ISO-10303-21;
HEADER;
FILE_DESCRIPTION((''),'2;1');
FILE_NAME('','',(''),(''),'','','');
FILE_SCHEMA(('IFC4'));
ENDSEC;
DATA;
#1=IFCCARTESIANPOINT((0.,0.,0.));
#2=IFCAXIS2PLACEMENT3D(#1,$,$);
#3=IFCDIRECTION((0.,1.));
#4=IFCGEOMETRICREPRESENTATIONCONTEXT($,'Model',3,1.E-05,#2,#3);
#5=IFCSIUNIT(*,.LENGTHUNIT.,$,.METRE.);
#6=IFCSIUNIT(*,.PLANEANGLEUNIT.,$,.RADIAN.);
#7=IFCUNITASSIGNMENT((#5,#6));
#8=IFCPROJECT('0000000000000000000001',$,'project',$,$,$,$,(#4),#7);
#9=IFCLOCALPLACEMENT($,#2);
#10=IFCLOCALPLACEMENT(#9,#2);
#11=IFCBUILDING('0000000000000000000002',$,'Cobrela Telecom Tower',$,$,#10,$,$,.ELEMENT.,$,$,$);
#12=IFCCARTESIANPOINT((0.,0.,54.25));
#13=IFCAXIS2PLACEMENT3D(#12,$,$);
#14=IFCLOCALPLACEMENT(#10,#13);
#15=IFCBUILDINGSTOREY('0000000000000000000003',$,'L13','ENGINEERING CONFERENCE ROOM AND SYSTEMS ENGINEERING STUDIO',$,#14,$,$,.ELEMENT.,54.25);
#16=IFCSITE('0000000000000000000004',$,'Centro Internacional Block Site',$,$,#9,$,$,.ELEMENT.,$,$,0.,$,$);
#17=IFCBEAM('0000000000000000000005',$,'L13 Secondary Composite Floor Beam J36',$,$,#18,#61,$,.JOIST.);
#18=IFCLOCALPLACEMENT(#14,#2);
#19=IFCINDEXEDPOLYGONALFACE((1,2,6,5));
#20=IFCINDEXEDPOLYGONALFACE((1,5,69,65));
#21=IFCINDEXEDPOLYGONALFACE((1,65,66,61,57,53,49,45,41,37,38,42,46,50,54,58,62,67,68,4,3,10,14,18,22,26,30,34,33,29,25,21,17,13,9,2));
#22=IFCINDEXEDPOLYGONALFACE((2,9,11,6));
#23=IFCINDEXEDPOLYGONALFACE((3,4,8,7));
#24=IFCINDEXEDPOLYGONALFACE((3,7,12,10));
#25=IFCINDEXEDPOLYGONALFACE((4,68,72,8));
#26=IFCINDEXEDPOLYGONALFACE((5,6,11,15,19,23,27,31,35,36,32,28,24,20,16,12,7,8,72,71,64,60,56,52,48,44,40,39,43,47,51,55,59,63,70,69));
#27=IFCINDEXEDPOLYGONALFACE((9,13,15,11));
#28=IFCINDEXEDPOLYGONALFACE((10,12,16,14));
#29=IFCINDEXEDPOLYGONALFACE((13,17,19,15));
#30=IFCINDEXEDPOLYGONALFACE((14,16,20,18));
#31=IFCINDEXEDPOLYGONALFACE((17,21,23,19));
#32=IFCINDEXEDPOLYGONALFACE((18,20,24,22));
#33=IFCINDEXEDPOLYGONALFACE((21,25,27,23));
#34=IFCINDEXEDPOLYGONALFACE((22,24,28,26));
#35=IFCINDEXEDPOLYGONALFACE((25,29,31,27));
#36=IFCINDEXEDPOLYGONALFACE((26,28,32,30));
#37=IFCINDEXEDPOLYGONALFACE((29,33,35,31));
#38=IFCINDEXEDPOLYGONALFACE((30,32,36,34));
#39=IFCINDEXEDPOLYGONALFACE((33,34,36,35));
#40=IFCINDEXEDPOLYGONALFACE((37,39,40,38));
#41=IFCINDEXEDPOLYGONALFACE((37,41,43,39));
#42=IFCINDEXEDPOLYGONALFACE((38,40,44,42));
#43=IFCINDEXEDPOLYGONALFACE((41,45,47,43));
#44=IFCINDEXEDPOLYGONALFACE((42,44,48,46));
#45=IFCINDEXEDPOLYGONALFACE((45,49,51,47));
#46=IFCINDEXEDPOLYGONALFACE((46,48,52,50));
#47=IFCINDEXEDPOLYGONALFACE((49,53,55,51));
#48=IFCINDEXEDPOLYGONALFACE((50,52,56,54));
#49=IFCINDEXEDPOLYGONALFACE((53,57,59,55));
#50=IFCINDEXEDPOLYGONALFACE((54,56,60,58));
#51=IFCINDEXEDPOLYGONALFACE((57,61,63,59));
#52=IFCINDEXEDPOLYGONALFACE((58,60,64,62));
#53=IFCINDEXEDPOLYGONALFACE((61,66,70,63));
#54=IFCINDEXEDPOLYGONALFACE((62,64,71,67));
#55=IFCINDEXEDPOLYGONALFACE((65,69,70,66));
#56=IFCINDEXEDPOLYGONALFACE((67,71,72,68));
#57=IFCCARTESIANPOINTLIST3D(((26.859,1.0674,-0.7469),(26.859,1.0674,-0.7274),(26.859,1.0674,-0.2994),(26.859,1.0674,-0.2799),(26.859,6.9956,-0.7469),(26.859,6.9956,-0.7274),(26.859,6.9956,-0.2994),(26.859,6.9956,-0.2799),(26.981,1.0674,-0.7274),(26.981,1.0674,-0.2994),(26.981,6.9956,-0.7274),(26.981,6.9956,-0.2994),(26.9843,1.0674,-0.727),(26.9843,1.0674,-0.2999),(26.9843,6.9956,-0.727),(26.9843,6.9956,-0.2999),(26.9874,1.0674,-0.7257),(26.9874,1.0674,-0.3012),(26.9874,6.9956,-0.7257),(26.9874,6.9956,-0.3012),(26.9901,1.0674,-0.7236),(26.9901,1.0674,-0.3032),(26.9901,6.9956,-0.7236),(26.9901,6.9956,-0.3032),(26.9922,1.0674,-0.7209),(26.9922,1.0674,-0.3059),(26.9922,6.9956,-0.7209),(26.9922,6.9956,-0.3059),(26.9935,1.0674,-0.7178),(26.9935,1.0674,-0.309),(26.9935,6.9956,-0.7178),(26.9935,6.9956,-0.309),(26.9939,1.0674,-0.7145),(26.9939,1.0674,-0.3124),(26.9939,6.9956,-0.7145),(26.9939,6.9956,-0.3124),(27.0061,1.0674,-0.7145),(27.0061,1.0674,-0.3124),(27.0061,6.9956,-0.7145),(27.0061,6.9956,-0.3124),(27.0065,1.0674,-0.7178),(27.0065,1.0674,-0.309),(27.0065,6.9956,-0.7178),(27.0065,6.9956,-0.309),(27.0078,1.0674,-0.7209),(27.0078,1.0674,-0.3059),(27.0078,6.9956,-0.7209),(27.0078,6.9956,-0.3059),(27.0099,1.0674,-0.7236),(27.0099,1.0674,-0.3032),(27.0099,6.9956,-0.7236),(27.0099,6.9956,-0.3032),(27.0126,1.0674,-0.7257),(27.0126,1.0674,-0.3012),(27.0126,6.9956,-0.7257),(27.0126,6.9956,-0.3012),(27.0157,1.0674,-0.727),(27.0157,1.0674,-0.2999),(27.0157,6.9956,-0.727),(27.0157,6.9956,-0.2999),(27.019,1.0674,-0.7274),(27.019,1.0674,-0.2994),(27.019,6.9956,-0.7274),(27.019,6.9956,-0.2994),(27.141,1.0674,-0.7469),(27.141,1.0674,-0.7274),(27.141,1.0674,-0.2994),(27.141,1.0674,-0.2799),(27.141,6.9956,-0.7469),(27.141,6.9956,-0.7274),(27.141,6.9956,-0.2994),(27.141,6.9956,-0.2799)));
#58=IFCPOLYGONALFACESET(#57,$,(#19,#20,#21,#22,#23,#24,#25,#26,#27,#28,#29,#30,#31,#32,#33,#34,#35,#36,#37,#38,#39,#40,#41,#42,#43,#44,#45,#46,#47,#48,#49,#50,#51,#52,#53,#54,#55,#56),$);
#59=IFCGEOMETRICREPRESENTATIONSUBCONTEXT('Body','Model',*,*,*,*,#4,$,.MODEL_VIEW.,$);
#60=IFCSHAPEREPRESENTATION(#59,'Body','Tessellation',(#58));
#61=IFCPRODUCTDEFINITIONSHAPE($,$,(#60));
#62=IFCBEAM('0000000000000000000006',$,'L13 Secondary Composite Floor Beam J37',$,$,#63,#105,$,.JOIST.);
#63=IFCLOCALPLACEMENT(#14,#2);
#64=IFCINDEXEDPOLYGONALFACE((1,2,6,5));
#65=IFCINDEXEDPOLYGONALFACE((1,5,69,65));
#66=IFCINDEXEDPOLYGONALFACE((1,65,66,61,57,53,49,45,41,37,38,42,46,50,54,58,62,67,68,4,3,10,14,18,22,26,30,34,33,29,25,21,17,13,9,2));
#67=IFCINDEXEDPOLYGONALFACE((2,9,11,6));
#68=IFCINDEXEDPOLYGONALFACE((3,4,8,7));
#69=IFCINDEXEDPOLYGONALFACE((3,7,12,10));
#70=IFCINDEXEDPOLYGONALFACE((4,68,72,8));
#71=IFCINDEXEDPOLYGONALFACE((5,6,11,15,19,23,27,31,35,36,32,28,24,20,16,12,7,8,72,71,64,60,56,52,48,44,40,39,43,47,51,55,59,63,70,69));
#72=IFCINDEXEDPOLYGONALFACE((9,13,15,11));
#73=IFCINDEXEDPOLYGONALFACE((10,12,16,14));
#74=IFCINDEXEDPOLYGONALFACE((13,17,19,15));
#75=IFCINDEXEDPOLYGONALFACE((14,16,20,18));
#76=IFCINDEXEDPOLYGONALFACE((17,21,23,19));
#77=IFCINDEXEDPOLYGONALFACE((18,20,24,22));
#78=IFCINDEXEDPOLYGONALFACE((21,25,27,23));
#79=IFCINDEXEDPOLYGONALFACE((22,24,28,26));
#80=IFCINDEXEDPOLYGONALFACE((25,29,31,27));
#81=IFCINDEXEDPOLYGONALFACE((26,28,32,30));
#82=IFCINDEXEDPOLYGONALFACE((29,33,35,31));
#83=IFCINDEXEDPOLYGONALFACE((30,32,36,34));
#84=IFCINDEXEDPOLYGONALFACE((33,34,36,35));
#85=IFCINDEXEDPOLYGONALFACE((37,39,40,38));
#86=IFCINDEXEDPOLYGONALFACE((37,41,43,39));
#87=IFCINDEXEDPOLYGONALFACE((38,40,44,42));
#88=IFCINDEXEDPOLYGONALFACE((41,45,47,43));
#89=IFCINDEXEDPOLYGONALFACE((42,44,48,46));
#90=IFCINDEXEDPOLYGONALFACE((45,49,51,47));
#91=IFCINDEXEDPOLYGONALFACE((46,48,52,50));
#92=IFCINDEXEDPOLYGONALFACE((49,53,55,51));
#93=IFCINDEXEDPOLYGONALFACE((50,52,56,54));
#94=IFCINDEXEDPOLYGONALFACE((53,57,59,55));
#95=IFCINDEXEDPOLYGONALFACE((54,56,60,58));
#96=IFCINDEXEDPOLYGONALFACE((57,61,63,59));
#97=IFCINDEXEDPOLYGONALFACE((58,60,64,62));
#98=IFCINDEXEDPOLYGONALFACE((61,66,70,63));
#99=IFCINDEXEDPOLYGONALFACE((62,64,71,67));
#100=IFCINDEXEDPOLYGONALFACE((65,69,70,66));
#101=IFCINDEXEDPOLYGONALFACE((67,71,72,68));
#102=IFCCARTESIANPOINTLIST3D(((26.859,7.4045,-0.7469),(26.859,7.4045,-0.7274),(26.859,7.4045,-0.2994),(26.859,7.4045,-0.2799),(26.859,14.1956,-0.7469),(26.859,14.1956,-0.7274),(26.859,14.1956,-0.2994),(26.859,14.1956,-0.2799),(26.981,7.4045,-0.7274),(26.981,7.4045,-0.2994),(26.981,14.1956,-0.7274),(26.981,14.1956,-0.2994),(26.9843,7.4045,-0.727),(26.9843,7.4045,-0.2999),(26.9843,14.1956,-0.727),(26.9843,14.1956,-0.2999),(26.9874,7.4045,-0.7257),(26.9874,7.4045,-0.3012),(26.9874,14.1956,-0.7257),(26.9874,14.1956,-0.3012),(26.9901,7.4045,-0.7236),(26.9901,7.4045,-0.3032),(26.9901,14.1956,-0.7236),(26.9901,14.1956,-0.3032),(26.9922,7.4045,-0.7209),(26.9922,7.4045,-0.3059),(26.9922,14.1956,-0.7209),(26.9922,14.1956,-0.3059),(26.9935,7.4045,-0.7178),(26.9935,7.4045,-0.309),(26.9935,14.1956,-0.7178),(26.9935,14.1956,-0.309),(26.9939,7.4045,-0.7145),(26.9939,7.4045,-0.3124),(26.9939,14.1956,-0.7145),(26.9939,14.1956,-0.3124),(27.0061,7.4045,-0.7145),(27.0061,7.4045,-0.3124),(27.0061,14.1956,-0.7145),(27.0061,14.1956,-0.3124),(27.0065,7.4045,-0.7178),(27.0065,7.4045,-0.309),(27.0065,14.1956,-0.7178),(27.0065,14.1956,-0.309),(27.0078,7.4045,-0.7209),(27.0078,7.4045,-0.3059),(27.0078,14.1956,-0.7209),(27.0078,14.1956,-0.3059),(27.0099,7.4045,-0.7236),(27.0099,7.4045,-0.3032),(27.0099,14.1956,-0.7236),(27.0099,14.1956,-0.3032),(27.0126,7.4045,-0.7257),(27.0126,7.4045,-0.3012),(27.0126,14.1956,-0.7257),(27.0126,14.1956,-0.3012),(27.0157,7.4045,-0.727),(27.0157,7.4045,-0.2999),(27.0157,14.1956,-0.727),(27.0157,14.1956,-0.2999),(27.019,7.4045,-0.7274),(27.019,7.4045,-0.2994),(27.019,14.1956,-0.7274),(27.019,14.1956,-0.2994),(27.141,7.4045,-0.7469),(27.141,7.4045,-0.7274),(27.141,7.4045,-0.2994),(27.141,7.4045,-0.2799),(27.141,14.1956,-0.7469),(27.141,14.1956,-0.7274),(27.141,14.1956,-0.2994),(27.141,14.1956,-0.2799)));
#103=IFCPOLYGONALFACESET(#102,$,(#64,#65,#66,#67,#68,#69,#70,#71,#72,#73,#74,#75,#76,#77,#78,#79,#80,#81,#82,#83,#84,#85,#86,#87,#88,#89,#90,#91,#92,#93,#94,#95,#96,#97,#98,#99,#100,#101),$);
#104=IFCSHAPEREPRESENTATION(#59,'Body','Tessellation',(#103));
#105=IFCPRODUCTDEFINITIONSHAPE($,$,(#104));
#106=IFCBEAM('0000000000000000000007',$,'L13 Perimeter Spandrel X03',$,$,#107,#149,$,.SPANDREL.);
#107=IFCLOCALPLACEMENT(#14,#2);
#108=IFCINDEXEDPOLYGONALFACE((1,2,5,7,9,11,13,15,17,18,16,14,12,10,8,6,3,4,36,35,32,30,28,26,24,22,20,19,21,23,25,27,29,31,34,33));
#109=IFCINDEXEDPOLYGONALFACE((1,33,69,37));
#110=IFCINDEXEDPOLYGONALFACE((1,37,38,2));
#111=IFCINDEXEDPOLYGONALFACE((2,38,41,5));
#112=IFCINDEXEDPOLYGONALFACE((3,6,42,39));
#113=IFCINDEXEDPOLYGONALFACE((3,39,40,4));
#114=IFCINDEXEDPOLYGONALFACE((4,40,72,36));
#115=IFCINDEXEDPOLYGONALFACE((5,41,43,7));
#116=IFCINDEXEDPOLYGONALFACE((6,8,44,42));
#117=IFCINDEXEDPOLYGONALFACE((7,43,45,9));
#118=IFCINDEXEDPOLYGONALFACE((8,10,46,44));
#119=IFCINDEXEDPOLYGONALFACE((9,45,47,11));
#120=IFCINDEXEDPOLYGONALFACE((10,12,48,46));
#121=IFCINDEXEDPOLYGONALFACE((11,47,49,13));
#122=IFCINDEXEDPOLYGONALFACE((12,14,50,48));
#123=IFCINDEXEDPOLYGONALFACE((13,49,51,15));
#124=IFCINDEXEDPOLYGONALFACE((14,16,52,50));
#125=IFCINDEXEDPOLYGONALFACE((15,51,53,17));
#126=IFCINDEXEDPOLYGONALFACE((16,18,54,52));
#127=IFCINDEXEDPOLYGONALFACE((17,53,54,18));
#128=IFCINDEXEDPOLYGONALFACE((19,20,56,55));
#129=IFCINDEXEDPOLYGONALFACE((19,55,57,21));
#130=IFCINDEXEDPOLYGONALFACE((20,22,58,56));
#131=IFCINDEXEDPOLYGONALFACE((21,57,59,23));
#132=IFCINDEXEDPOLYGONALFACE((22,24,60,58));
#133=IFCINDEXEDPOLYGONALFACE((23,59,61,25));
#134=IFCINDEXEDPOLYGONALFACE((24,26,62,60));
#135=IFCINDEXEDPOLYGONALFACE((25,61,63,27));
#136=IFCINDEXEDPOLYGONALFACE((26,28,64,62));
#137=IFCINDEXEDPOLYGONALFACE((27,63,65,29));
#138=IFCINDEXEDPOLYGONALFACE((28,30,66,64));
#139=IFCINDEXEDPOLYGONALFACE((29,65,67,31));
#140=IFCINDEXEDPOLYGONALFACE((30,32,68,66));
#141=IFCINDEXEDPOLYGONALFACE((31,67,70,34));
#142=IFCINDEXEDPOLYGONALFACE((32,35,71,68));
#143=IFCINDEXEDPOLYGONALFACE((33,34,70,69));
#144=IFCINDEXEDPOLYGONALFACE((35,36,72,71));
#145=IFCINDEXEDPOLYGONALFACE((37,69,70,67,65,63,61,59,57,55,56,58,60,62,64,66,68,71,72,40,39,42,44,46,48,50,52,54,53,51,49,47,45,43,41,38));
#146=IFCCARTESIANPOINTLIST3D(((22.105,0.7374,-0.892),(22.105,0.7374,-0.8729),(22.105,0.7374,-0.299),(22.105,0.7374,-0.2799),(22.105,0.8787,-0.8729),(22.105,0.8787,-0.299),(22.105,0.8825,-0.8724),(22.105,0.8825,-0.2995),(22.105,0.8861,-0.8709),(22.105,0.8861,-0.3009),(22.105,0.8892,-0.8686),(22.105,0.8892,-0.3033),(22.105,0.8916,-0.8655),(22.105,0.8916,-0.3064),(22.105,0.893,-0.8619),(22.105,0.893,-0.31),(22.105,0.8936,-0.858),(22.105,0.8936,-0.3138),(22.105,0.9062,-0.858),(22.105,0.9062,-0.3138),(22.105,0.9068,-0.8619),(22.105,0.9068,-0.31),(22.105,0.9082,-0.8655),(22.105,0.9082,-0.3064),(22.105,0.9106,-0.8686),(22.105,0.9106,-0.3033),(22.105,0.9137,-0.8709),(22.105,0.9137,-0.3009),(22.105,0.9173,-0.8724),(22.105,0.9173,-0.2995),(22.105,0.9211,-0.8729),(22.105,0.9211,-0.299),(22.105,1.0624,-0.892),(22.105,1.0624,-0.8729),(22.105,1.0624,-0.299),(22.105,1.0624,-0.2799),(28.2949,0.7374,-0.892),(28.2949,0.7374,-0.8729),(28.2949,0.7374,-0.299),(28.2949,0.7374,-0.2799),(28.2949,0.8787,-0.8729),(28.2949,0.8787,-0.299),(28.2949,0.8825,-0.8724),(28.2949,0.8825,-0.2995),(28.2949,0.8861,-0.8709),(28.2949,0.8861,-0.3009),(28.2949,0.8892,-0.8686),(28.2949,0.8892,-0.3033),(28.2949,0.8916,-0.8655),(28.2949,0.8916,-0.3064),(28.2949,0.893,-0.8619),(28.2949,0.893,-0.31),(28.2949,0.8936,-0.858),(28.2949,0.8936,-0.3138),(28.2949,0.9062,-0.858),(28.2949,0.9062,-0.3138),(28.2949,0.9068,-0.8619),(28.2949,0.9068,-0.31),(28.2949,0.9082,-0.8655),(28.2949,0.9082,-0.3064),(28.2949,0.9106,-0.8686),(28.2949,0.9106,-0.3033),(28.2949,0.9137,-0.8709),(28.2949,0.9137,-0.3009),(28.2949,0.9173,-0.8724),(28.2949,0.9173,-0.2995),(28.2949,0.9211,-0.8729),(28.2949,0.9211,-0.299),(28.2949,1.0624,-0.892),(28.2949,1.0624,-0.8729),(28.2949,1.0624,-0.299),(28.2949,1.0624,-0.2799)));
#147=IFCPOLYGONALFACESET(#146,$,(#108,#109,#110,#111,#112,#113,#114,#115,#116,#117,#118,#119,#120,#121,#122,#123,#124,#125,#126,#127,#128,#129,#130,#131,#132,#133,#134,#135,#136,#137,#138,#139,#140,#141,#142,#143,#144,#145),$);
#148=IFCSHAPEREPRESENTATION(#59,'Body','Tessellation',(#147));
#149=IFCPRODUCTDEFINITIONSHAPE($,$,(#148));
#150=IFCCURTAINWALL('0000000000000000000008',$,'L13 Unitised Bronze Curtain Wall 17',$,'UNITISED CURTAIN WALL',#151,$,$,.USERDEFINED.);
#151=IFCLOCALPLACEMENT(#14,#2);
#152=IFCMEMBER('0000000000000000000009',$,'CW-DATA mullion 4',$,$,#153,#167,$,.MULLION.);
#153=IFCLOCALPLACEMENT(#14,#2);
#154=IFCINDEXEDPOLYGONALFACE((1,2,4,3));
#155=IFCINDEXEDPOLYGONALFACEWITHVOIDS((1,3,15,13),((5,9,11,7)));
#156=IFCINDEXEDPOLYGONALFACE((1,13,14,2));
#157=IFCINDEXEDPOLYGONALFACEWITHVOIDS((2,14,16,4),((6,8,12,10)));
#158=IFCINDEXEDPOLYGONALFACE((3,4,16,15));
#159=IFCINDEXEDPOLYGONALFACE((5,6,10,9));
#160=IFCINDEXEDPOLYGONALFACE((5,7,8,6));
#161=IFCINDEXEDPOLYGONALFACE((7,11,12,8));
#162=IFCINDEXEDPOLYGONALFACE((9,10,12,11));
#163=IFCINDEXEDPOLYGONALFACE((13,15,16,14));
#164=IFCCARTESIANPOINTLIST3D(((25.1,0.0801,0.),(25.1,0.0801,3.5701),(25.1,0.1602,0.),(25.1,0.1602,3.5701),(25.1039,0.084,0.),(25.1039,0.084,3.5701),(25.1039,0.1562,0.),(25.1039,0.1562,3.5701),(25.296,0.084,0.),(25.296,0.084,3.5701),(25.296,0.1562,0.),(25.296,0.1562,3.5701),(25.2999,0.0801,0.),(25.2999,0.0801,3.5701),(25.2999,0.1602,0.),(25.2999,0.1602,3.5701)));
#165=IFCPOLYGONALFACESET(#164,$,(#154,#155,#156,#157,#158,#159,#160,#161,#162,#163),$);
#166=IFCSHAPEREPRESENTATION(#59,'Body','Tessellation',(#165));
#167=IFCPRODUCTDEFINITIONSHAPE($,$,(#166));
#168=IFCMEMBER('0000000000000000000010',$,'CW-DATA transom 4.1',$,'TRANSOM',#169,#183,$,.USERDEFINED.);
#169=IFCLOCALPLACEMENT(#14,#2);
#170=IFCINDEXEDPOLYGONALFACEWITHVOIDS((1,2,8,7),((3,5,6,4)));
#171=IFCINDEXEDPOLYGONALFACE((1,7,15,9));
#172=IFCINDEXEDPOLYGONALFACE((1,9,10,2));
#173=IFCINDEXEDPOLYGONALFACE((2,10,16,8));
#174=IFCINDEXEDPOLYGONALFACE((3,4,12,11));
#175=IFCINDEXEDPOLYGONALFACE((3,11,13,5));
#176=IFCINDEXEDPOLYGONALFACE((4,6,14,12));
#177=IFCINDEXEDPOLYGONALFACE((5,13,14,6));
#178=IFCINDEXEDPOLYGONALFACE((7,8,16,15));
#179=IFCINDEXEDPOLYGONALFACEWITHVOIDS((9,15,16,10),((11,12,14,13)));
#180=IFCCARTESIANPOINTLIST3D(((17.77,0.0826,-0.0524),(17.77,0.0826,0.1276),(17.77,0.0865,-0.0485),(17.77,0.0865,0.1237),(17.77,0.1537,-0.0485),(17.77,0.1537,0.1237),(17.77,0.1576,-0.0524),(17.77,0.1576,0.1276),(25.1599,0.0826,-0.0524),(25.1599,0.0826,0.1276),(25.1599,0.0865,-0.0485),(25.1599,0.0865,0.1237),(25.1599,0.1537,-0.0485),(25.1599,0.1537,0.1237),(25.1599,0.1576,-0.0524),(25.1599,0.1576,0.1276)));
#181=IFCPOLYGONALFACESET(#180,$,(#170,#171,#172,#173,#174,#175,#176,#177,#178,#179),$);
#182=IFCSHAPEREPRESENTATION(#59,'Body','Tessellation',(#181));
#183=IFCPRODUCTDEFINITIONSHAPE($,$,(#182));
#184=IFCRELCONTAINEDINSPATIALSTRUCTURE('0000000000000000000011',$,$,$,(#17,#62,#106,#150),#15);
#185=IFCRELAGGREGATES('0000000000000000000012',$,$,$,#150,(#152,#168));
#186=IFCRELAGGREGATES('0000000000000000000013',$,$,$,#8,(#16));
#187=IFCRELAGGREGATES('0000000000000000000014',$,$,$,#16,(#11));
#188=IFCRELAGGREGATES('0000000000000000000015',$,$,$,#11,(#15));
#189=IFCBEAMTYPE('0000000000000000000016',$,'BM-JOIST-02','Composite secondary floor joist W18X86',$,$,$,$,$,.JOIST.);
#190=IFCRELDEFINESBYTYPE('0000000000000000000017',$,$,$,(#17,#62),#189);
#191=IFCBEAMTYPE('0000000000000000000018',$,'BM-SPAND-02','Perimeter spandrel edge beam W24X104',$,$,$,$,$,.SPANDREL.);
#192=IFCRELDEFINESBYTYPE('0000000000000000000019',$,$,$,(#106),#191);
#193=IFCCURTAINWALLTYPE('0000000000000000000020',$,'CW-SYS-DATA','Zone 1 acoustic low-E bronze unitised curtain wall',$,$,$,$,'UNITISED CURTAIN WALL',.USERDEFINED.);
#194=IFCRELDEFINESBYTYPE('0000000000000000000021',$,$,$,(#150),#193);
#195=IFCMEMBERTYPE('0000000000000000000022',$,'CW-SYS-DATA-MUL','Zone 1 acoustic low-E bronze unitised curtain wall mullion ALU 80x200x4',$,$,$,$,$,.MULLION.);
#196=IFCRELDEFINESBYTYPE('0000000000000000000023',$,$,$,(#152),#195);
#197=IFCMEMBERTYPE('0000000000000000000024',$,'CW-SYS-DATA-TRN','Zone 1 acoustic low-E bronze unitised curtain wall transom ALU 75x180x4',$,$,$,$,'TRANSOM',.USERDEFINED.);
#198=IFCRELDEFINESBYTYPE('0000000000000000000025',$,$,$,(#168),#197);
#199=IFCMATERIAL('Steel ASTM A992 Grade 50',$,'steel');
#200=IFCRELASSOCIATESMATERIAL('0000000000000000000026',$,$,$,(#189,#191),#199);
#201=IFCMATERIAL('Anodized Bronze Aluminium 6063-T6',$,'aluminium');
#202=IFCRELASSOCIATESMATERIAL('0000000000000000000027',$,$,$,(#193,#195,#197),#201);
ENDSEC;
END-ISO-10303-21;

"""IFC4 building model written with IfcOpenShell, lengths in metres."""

from ifc_helpers import new_model, si_unit, direction, frame, origin, origin_2d, place, context, subcontext, project, spatial, hollow_rectangle, i_section, extrude, material, material_profile, profile_set, type_object, element, aggregate, save


model = new_model("IFC4")

# Units and contexts
model_context = context("Model", 3, precision=1e-05, world=origin(), true_north=direction((0.0, 1.0)))
body_context = subcontext(model_context, "Body", "Model", "MODEL_VIEW")
ifc_project = project(units=[si_unit("LENGTHUNIT", "METRE"), si_unit("PLANEANGLEUNIT", "RADIAN")], contexts=[model_context])

# Site, building, storey
site_placement = place(None, origin())
site = spatial("IfcSite", under=ifc_project, at=site_placement, Name="Centro Internacional Block Site", CompositionType="ELEMENT", RefElevation=0.0)
building_placement = place(site_placement, origin())
building = spatial("IfcBuilding", under=site, at=building_placement, Name="Cobrela Telecom Tower", CompositionType="ELEMENT")
storey_placement = place(building_placement, frame((0.0, 0.0, 54.25)))
storey = spatial("IfcBuildingStorey", under=building, at=storey_placement, Name="L13", Description="ENGINEERING CONFERENCE ROOM AND SYSTEMS ENGINEERING STUDIO", CompositionType="ELEMENT", Elevation=54.25)

# Shared definitions
ifc_material_1 = material(Name="Steel ASTM A992 Grade 50", Category="steel")

# Beams
ifc_material_profile_1 = material_profile(ifc_material_1, i_section(OverallWidth=0.282, OverallDepth=0.467, WebThickness=0.0122, FlangeThickness=0.0195, FilletRadius=0.0129, at=origin_2d()), Name="W18X86")
ifc_profile_set_1 = profile_set([ifc_material_profile_1], Name="Steel ASTM A992 Grade 50")
beam_type_1 = type_object("IfcBeamType", Name="BM-JOIST-02", Description="Composite secondary floor joist W18X86", PredefinedType="JOIST", material=ifc_profile_set_1)
beam_1_placement = place(storey_placement, frame((27.0, 1.0674, -0.5134), z_axis=(0.0, 1.0, 0.0), x_axis=(-1.0, 0.0, 0.0)))
element("IfcBeam", 1, at=beam_1_placement, inside=storey, type_object=beam_type_1, Name="L13 Secondary Composite Floor Beam J36", PredefinedType="JOIST", context=body_context, shape_type="SweptSolid", body=[
    extrude(i_section(OverallWidth=0.282, OverallDepth=0.467, WebThickness=0.0122, FlangeThickness=0.0195, FilletRadius=0.0129, at=origin_2d()), origin(), (0.0, 0.0, 1.0), 5.9282),
])
beam_2_placement = place(storey_placement, frame((27.0, 7.4045, -0.5134), z_axis=(0.0, 1.0, 0.0), x_axis=(-1.0, 0.0, 0.0)))
element("IfcBeam", 2, at=beam_2_placement, inside=storey, type_object=beam_type_1, Name="L13 Secondary Composite Floor Beam J37", PredefinedType="JOIST", context=body_context, shape_type="SweptSolid", body=[
    extrude(i_section(OverallWidth=0.282, OverallDepth=0.467, WebThickness=0.0122, FlangeThickness=0.0195, FilletRadius=0.0129, at=origin_2d()), origin(), (0.0, 0.0, 1.0), 6.791),
])
ifc_material_profile_2 = material_profile(ifc_material_1, i_section(OverallWidth=0.325, OverallDepth=0.6121, WebThickness=0.0127, FlangeThickness=0.019, FilletRadius=0.0149, at=origin_2d()), Name="W24X104")
ifc_profile_set_2 = profile_set([ifc_material_profile_2], Name="Steel ASTM A992 Grade 50")
beam_type_2 = type_object("IfcBeamType", Name="BM-SPAND-02", Description="Perimeter spandrel edge beam W24X104", PredefinedType="SPANDREL", material=ifc_profile_set_2)
beam_3_placement = place(storey_placement, frame((22.105, 0.8999, -0.5859), z_axis=(1.0, 0.0, 0.0), x_axis=(0.0, 1.0, 0.0)))
element("IfcBeam", 3, at=beam_3_placement, inside=storey, type_object=beam_type_2, Name="L13 Perimeter Spandrel X03", PredefinedType="SPANDREL", context=body_context, shape_type="SweptSolid", body=[
    extrude(i_section(OverallWidth=0.325, OverallDepth=0.6121, WebThickness=0.0127, FlangeThickness=0.019, FilletRadius=0.0149, at=origin_2d()), origin(), (0.0, 0.0, 1.0), 6.1899),
])

# Curtain wall, members
ifc_material_2 = material(Name="Anodized Bronze Aluminium 6063-T6", Category="aluminium")
curtain_wall_type = type_object("IfcCurtainWallType", Name="CW-SYS-DATA", Description="Zone 1 acoustic low-E bronze unitised curtain wall", ElementType="UNITISED CURTAIN WALL", PredefinedType="USERDEFINED", material=ifc_material_2)
curtain_wall_placement = place(storey_placement, origin())
curtain_wall = element("IfcCurtainWall", 4, at=curtain_wall_placement, inside=storey, type_object=curtain_wall_type, Name="L13 Unitised Bronze Curtain Wall 17", ObjectType="UNITISED CURTAIN WALL", PredefinedType="USERDEFINED")
ifc_material_profile_3 = material_profile(ifc_material_2, hollow_rectangle(XDim=0.0801, YDim=0.2, WallThickness=0.0039, at=origin_2d()), Name="ALU 80x200x4")
ifc_profile_set_3 = profile_set([ifc_material_profile_3], Name="Anodized Bronze Aluminium 6063-T6")
member_type_1 = type_object("IfcMemberType", Name="CW-SYS-DATA-MUL", Description="Zone 1 acoustic low-E bronze unitised curtain wall mullion ALU 80x200x4", PredefinedType="MULLION", material=ifc_profile_set_3)
member_1_placement = place(storey_placement, frame((25.2, 0.1201, 0.0), z_axis=(0.0, 0.0, 1.0), x_axis=(0.0, -1.0, 0.0)))
member_1 = element("IfcMember", 5, at=member_1_placement, type_object=member_type_1, Name="CW-DATA mullion 4", PredefinedType="MULLION", context=body_context, shape_type="SweptSolid", body=[
    extrude(hollow_rectangle(XDim=0.0801, YDim=0.2, WallThickness=0.0039, at=origin_2d()), origin(), (0.0, 0.0, 1.0), 3.5701),
])
ifc_material_profile_4 = material_profile(ifc_material_2, hollow_rectangle(XDim=0.075, YDim=0.1799, WallThickness=0.0039, at=origin_2d()), Name="ALU 75x180x4")
ifc_profile_set_4 = profile_set([ifc_material_profile_4], Name="Anodized Bronze Aluminium 6063-T6")
member_type_2 = type_object("IfcMemberType", Name="CW-SYS-DATA-TRN", Description="Zone 1 acoustic low-E bronze unitised curtain wall transom ALU 75x180x4", ElementType="TRANSOM", PredefinedType="USERDEFINED", material=ifc_profile_set_4)
member_2_placement = place(storey_placement, frame((25.1599, 0.1201, 0.0376), z_axis=(-1.0, 0.0, 0.0), x_axis=(0.0, -1.0, 0.0)))
member_2 = element("IfcMember", 6, at=member_2_placement, type_object=member_type_2, Name="CW-DATA transom 4.1", ObjectType="TRANSOM", PredefinedType="USERDEFINED", context=body_context, shape_type="SweptSolid", body=[
    extrude(hollow_rectangle(XDim=0.075, YDim=0.1799, WallThickness=0.0039, at=origin_2d()), origin(), (0.0, 0.0, 1.0), 7.3899),
])
aggregate(curtain_wall, [member_1, member_2])

save(model, "model.ifc")
